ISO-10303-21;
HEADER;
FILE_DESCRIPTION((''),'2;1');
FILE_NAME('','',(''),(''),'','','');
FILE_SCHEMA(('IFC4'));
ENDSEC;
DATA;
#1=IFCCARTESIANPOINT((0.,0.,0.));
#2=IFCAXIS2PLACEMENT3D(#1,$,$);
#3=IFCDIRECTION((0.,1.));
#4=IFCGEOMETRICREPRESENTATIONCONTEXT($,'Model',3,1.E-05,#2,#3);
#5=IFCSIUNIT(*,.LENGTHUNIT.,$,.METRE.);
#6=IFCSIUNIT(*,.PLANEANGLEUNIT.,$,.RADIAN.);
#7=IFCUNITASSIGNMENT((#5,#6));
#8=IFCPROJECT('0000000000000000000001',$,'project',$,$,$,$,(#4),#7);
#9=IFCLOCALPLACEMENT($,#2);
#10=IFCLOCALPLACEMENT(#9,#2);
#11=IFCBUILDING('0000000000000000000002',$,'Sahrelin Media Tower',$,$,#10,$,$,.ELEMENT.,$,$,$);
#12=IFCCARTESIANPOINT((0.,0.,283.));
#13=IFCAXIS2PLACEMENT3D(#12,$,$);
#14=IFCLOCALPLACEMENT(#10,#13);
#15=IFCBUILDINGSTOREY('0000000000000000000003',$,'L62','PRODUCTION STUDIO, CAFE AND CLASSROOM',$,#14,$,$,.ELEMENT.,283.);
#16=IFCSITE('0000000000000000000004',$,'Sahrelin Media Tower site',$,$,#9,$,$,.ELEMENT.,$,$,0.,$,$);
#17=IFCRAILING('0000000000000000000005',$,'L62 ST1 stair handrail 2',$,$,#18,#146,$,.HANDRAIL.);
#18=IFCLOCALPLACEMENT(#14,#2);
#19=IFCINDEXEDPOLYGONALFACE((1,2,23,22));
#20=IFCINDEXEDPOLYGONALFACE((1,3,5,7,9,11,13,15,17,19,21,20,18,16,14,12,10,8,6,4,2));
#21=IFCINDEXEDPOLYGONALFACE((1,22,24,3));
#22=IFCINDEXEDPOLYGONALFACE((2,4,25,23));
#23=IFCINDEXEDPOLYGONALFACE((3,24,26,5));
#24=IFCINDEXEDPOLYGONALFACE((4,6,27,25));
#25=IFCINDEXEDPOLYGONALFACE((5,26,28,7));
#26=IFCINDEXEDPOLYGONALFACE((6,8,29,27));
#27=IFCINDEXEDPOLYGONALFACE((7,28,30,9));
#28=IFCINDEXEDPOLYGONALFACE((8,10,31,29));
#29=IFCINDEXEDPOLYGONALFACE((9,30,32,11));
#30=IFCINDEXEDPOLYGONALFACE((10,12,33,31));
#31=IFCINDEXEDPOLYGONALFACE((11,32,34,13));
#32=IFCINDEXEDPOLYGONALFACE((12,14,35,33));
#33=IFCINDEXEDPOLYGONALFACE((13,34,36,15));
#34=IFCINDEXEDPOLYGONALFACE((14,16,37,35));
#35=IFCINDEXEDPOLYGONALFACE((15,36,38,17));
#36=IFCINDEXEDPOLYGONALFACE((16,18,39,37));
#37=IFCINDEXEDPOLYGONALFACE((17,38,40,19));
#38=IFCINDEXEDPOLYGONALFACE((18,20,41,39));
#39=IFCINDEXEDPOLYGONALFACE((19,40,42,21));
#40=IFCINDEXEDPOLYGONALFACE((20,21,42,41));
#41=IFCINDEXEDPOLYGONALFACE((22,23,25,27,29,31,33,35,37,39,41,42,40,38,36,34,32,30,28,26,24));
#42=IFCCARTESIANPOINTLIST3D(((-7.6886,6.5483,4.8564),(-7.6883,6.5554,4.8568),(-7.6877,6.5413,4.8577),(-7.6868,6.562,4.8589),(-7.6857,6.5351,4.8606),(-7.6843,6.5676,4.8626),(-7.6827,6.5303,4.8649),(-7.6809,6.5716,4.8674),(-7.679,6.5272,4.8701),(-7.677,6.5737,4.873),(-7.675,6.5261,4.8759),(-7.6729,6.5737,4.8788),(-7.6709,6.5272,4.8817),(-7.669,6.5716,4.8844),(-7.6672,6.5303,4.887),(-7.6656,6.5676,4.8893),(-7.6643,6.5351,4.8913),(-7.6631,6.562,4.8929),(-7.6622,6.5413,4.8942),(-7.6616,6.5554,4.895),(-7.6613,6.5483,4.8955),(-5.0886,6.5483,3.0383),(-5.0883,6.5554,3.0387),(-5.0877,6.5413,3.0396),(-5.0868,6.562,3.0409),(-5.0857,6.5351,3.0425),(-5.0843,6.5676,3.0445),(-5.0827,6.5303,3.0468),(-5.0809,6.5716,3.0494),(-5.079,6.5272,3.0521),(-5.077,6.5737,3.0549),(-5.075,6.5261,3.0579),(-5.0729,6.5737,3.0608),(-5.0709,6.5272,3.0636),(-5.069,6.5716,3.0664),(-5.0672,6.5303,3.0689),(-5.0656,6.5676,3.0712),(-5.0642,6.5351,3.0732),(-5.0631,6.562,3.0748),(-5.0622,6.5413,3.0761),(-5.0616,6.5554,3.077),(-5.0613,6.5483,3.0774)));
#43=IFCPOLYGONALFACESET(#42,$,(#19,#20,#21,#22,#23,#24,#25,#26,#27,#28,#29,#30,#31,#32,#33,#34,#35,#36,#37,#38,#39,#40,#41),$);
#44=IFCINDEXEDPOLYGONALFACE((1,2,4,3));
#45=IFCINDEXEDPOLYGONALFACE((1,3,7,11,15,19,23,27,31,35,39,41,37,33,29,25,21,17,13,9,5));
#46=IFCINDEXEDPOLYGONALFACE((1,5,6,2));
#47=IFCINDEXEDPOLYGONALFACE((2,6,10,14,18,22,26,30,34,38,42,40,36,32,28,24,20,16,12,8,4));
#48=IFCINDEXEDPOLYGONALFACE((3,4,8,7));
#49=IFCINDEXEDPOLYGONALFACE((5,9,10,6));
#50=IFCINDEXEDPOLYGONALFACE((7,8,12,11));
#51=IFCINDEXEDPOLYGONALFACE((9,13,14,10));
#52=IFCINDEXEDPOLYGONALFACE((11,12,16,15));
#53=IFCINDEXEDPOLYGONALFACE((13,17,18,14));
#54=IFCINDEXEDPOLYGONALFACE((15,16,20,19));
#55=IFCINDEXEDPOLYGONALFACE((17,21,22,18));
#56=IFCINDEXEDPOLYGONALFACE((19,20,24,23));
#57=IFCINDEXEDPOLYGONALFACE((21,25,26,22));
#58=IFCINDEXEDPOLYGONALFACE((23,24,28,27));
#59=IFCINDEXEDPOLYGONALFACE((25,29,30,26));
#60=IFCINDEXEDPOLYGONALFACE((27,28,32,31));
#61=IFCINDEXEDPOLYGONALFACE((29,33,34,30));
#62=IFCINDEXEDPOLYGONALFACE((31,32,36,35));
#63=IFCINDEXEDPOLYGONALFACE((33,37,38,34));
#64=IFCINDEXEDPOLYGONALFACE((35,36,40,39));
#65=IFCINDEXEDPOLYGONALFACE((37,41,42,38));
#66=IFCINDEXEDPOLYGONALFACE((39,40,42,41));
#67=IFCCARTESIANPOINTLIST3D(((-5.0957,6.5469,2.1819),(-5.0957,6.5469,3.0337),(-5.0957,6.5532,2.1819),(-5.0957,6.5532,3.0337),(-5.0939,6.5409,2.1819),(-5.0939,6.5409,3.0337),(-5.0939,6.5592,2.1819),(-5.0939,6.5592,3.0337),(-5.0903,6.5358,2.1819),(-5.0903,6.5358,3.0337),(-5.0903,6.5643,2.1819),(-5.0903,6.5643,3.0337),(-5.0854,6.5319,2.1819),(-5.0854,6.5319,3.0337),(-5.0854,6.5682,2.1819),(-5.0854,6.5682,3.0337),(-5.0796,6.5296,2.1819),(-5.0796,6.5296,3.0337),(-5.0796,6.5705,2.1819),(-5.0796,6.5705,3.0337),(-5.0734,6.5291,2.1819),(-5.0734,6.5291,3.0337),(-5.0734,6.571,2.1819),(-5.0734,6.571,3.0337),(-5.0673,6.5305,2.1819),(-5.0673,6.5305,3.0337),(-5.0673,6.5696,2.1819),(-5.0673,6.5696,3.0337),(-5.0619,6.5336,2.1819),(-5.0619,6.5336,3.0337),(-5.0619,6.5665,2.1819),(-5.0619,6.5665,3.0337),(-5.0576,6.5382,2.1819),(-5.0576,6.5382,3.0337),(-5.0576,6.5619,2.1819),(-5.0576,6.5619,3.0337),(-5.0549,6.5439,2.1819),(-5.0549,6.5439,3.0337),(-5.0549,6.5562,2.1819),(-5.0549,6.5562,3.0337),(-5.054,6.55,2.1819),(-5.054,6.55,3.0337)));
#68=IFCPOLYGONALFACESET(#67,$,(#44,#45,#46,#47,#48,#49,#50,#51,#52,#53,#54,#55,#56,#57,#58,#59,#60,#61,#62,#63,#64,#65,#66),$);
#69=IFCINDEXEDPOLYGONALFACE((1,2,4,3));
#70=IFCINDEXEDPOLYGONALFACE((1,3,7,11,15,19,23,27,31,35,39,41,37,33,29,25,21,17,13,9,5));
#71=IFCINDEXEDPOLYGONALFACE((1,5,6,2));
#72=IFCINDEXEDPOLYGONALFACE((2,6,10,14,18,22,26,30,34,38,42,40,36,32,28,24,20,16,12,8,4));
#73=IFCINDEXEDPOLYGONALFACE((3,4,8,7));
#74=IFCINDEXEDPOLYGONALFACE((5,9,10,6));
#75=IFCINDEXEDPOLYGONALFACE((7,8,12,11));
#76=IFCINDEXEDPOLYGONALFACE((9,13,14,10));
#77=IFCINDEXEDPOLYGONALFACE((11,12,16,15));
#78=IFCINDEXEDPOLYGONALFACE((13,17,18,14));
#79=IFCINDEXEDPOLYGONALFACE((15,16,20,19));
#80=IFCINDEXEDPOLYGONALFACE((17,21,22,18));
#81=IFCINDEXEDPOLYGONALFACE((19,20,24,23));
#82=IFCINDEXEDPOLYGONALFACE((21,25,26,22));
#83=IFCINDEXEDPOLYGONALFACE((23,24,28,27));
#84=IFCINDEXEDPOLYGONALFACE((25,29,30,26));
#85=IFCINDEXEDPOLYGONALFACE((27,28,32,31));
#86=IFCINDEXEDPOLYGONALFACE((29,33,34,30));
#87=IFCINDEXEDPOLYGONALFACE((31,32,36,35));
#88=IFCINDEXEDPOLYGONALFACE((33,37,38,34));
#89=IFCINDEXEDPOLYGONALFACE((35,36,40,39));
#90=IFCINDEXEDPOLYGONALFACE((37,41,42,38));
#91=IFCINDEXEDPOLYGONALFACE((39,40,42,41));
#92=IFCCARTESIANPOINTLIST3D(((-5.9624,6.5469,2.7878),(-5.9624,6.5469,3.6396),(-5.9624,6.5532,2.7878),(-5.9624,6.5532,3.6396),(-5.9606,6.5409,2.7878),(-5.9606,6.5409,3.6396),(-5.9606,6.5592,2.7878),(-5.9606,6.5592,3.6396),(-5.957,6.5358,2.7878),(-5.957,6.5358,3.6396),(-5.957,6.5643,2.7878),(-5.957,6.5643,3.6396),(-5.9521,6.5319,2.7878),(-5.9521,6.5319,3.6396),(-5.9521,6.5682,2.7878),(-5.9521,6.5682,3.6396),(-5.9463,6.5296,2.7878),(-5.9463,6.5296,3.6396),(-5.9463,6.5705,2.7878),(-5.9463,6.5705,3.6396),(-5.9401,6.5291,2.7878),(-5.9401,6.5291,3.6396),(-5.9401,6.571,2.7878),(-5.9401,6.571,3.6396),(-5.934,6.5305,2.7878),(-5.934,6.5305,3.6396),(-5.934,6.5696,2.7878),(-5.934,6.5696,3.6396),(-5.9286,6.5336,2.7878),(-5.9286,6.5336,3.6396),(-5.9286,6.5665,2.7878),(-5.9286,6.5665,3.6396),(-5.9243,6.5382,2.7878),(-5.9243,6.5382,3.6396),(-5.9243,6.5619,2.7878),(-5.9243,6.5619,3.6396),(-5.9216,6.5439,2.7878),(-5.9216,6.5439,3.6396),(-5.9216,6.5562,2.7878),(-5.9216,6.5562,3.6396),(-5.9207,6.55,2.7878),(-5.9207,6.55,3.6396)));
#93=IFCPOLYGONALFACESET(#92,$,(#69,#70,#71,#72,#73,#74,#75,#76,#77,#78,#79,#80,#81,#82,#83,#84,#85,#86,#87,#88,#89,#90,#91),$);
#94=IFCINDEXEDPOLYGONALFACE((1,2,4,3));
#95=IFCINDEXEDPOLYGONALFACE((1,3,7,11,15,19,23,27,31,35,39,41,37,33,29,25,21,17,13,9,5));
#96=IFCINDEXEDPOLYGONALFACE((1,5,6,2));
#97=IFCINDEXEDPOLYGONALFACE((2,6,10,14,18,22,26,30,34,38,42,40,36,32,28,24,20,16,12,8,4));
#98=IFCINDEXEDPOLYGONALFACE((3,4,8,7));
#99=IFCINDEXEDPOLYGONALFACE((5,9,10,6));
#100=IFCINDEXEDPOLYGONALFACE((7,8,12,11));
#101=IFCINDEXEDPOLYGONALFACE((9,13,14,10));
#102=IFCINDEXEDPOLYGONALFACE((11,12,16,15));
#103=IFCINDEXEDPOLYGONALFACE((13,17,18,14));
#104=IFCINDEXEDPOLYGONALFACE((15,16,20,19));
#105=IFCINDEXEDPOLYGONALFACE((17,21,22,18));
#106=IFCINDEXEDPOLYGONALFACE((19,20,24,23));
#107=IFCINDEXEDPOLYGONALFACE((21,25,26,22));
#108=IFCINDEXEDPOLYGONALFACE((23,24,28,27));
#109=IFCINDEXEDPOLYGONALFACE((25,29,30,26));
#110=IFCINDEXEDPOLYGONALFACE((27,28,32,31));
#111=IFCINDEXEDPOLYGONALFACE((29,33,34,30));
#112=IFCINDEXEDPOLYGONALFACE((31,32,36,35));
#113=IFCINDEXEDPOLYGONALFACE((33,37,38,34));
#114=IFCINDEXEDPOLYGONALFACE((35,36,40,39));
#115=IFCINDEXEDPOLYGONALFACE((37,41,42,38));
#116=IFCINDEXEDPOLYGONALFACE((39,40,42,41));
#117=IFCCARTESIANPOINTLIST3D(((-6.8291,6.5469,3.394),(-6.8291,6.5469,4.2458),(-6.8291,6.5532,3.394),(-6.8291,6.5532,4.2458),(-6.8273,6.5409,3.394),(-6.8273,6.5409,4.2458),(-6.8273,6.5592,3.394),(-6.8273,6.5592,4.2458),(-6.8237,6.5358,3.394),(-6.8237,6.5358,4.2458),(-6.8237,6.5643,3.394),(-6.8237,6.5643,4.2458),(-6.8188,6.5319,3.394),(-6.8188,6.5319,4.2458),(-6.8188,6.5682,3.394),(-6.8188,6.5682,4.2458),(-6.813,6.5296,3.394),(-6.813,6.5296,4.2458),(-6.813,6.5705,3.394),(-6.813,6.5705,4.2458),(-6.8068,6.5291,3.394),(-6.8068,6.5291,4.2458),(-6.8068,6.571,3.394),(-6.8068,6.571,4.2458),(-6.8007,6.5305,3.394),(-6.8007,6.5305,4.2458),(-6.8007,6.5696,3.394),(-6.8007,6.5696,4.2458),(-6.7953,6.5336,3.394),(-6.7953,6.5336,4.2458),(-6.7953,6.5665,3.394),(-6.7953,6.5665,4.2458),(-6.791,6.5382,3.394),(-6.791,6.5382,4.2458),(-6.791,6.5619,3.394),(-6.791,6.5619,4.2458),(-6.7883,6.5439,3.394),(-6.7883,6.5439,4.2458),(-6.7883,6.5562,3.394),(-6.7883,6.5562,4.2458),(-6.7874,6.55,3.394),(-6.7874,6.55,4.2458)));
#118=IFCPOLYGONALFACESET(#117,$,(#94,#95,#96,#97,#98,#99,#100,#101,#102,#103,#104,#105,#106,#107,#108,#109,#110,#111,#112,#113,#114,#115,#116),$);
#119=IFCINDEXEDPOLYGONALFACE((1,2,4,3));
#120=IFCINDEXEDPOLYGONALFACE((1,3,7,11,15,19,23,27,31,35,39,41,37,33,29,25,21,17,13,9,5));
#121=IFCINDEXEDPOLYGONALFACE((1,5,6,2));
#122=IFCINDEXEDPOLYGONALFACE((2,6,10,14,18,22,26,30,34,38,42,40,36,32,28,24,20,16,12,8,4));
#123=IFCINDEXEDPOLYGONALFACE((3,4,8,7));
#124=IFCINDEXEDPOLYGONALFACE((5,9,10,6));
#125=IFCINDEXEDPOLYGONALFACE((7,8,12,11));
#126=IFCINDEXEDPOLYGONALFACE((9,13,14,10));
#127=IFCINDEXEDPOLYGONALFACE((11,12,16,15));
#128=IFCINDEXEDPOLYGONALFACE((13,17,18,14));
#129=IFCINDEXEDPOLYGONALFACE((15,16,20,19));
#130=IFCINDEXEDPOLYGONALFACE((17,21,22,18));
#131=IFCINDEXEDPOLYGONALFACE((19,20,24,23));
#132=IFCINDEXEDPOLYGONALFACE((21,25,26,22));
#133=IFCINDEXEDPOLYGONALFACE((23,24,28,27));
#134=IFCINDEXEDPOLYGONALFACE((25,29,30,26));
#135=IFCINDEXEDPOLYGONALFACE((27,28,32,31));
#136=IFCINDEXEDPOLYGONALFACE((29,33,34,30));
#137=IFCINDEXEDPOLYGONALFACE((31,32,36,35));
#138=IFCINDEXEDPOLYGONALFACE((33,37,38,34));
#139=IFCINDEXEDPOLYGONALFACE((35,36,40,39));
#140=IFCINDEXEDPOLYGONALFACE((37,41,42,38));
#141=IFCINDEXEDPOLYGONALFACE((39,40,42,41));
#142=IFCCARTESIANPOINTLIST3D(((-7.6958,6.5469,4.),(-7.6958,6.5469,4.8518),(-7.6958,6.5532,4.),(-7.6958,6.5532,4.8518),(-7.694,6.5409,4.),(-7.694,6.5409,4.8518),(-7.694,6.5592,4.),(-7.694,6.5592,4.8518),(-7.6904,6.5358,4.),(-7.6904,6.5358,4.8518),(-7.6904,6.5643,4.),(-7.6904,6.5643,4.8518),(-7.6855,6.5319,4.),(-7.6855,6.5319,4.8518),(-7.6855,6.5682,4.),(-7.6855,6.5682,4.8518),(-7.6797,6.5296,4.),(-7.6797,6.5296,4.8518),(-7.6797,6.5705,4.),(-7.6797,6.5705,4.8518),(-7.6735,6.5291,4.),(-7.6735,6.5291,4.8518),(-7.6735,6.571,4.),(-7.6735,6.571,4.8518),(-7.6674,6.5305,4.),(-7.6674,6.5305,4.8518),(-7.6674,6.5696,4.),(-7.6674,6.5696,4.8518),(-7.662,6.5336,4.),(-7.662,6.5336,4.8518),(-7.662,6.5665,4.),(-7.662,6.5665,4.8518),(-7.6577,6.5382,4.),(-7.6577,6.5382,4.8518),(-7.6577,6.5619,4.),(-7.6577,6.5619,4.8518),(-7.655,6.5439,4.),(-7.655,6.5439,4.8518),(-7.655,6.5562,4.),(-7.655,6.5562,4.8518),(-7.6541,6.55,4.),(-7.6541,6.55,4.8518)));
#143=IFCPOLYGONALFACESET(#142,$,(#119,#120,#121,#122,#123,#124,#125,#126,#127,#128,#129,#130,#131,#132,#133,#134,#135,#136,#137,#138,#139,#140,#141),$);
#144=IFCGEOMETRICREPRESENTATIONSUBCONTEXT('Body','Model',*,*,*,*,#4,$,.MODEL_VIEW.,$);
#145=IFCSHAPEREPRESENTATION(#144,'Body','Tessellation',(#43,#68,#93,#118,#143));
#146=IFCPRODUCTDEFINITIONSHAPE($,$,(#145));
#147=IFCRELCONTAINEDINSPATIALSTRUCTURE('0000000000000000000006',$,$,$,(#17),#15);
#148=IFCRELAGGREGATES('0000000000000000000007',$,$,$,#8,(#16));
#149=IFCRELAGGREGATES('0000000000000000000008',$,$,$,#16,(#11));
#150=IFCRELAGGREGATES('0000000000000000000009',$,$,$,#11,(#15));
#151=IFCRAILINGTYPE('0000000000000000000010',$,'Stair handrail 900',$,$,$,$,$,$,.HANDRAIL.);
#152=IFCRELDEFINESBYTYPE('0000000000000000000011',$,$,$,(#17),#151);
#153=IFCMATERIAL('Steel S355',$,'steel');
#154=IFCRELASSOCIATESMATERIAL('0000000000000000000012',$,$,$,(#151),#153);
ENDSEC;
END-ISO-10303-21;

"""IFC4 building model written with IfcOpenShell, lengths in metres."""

from ifc_helpers import new_model, si_unit, direction, frame, origin, origin_2d, place, context, subcontext, project, spatial, circle, extrude, material, type_object, element, save


model = new_model("IFC4")

# Units and contexts
model_context = context("Model", 3, precision=1e-05, world=origin(), true_north=direction((0.0, 1.0)))
body_context = subcontext(model_context, "Body", "Model", "MODEL_VIEW")
ifc_project = project(units=[si_unit("LENGTHUNIT", "METRE"), si_unit("PLANEANGLEUNIT", "RADIAN")], contexts=[model_context])

# Site, building, storey
site_placement = place(None, origin())
site = spatial("IfcSite", under=ifc_project, at=site_placement, Name="Sahrelin Media Tower site", CompositionType="ELEMENT", RefElevation=0.0)
building_placement = place(site_placement, origin())
building = spatial("IfcBuilding", under=site, at=building_placement, Name="Sahrelin Media Tower", CompositionType="ELEMENT")
storey_placement = place(building_placement, frame((0.0, 0.0, 283.0)))
storey = spatial("IfcBuildingStorey", under=building, at=storey_placement, Name="L62", Description="PRODUCTION STUDIO, CAFE AND CLASSROOM", CompositionType="ELEMENT", Elevation=283.0)

# Shared definitions
ifc_material_1 = material(Name="Steel S355", Category="steel")

# Railing
railing_type_1 = type_object("IfcRailingType", Name="Stair handrail 900", PredefinedType="HANDRAIL", material=ifc_material_1)
railing_1_placement = place(storey_placement, frame((-5.075, 6.55, 2.1819)))
element("IfcRailing", 1, at=railing_1_placement, inside=storey, type_object=railing_type_1, Name="L62 ST1 stair handrail 2", PredefinedType="HANDRAIL", context=body_context, shape_type="SweptSolid", body=[
    extrude(circle(Radius=0.0239, at=origin_2d()), frame((0.0, 0.0, 0.876), z_axis=(-0.819521, 0.0, 0.573049), x_axis=(0.0, -1.0, 0.0)), (0.0, 0.0, 1.0), 3.1726),
    extrude(circle(Radius=0.021, at=origin_2d()), origin(), (0.0, 0.0, 1.0), 0.8518),
    extrude(circle(Radius=0.021, at=origin_2d()), frame((-0.8667, 0.0, 0.606)), (0.0, 0.0, 1.0), 0.8518),
    extrude(circle(Radius=0.021, at=origin_2d()), frame((-1.7334, 0.0, 1.2122)), (0.0, 0.0, 1.0), 0.8518),
    extrude(circle(Radius=0.021, at=origin_2d()), frame((-2.6001, 0.0, 1.8181)), (0.0, 0.0, 1.0), 0.8518),
])

save(model, "model.ifc")
